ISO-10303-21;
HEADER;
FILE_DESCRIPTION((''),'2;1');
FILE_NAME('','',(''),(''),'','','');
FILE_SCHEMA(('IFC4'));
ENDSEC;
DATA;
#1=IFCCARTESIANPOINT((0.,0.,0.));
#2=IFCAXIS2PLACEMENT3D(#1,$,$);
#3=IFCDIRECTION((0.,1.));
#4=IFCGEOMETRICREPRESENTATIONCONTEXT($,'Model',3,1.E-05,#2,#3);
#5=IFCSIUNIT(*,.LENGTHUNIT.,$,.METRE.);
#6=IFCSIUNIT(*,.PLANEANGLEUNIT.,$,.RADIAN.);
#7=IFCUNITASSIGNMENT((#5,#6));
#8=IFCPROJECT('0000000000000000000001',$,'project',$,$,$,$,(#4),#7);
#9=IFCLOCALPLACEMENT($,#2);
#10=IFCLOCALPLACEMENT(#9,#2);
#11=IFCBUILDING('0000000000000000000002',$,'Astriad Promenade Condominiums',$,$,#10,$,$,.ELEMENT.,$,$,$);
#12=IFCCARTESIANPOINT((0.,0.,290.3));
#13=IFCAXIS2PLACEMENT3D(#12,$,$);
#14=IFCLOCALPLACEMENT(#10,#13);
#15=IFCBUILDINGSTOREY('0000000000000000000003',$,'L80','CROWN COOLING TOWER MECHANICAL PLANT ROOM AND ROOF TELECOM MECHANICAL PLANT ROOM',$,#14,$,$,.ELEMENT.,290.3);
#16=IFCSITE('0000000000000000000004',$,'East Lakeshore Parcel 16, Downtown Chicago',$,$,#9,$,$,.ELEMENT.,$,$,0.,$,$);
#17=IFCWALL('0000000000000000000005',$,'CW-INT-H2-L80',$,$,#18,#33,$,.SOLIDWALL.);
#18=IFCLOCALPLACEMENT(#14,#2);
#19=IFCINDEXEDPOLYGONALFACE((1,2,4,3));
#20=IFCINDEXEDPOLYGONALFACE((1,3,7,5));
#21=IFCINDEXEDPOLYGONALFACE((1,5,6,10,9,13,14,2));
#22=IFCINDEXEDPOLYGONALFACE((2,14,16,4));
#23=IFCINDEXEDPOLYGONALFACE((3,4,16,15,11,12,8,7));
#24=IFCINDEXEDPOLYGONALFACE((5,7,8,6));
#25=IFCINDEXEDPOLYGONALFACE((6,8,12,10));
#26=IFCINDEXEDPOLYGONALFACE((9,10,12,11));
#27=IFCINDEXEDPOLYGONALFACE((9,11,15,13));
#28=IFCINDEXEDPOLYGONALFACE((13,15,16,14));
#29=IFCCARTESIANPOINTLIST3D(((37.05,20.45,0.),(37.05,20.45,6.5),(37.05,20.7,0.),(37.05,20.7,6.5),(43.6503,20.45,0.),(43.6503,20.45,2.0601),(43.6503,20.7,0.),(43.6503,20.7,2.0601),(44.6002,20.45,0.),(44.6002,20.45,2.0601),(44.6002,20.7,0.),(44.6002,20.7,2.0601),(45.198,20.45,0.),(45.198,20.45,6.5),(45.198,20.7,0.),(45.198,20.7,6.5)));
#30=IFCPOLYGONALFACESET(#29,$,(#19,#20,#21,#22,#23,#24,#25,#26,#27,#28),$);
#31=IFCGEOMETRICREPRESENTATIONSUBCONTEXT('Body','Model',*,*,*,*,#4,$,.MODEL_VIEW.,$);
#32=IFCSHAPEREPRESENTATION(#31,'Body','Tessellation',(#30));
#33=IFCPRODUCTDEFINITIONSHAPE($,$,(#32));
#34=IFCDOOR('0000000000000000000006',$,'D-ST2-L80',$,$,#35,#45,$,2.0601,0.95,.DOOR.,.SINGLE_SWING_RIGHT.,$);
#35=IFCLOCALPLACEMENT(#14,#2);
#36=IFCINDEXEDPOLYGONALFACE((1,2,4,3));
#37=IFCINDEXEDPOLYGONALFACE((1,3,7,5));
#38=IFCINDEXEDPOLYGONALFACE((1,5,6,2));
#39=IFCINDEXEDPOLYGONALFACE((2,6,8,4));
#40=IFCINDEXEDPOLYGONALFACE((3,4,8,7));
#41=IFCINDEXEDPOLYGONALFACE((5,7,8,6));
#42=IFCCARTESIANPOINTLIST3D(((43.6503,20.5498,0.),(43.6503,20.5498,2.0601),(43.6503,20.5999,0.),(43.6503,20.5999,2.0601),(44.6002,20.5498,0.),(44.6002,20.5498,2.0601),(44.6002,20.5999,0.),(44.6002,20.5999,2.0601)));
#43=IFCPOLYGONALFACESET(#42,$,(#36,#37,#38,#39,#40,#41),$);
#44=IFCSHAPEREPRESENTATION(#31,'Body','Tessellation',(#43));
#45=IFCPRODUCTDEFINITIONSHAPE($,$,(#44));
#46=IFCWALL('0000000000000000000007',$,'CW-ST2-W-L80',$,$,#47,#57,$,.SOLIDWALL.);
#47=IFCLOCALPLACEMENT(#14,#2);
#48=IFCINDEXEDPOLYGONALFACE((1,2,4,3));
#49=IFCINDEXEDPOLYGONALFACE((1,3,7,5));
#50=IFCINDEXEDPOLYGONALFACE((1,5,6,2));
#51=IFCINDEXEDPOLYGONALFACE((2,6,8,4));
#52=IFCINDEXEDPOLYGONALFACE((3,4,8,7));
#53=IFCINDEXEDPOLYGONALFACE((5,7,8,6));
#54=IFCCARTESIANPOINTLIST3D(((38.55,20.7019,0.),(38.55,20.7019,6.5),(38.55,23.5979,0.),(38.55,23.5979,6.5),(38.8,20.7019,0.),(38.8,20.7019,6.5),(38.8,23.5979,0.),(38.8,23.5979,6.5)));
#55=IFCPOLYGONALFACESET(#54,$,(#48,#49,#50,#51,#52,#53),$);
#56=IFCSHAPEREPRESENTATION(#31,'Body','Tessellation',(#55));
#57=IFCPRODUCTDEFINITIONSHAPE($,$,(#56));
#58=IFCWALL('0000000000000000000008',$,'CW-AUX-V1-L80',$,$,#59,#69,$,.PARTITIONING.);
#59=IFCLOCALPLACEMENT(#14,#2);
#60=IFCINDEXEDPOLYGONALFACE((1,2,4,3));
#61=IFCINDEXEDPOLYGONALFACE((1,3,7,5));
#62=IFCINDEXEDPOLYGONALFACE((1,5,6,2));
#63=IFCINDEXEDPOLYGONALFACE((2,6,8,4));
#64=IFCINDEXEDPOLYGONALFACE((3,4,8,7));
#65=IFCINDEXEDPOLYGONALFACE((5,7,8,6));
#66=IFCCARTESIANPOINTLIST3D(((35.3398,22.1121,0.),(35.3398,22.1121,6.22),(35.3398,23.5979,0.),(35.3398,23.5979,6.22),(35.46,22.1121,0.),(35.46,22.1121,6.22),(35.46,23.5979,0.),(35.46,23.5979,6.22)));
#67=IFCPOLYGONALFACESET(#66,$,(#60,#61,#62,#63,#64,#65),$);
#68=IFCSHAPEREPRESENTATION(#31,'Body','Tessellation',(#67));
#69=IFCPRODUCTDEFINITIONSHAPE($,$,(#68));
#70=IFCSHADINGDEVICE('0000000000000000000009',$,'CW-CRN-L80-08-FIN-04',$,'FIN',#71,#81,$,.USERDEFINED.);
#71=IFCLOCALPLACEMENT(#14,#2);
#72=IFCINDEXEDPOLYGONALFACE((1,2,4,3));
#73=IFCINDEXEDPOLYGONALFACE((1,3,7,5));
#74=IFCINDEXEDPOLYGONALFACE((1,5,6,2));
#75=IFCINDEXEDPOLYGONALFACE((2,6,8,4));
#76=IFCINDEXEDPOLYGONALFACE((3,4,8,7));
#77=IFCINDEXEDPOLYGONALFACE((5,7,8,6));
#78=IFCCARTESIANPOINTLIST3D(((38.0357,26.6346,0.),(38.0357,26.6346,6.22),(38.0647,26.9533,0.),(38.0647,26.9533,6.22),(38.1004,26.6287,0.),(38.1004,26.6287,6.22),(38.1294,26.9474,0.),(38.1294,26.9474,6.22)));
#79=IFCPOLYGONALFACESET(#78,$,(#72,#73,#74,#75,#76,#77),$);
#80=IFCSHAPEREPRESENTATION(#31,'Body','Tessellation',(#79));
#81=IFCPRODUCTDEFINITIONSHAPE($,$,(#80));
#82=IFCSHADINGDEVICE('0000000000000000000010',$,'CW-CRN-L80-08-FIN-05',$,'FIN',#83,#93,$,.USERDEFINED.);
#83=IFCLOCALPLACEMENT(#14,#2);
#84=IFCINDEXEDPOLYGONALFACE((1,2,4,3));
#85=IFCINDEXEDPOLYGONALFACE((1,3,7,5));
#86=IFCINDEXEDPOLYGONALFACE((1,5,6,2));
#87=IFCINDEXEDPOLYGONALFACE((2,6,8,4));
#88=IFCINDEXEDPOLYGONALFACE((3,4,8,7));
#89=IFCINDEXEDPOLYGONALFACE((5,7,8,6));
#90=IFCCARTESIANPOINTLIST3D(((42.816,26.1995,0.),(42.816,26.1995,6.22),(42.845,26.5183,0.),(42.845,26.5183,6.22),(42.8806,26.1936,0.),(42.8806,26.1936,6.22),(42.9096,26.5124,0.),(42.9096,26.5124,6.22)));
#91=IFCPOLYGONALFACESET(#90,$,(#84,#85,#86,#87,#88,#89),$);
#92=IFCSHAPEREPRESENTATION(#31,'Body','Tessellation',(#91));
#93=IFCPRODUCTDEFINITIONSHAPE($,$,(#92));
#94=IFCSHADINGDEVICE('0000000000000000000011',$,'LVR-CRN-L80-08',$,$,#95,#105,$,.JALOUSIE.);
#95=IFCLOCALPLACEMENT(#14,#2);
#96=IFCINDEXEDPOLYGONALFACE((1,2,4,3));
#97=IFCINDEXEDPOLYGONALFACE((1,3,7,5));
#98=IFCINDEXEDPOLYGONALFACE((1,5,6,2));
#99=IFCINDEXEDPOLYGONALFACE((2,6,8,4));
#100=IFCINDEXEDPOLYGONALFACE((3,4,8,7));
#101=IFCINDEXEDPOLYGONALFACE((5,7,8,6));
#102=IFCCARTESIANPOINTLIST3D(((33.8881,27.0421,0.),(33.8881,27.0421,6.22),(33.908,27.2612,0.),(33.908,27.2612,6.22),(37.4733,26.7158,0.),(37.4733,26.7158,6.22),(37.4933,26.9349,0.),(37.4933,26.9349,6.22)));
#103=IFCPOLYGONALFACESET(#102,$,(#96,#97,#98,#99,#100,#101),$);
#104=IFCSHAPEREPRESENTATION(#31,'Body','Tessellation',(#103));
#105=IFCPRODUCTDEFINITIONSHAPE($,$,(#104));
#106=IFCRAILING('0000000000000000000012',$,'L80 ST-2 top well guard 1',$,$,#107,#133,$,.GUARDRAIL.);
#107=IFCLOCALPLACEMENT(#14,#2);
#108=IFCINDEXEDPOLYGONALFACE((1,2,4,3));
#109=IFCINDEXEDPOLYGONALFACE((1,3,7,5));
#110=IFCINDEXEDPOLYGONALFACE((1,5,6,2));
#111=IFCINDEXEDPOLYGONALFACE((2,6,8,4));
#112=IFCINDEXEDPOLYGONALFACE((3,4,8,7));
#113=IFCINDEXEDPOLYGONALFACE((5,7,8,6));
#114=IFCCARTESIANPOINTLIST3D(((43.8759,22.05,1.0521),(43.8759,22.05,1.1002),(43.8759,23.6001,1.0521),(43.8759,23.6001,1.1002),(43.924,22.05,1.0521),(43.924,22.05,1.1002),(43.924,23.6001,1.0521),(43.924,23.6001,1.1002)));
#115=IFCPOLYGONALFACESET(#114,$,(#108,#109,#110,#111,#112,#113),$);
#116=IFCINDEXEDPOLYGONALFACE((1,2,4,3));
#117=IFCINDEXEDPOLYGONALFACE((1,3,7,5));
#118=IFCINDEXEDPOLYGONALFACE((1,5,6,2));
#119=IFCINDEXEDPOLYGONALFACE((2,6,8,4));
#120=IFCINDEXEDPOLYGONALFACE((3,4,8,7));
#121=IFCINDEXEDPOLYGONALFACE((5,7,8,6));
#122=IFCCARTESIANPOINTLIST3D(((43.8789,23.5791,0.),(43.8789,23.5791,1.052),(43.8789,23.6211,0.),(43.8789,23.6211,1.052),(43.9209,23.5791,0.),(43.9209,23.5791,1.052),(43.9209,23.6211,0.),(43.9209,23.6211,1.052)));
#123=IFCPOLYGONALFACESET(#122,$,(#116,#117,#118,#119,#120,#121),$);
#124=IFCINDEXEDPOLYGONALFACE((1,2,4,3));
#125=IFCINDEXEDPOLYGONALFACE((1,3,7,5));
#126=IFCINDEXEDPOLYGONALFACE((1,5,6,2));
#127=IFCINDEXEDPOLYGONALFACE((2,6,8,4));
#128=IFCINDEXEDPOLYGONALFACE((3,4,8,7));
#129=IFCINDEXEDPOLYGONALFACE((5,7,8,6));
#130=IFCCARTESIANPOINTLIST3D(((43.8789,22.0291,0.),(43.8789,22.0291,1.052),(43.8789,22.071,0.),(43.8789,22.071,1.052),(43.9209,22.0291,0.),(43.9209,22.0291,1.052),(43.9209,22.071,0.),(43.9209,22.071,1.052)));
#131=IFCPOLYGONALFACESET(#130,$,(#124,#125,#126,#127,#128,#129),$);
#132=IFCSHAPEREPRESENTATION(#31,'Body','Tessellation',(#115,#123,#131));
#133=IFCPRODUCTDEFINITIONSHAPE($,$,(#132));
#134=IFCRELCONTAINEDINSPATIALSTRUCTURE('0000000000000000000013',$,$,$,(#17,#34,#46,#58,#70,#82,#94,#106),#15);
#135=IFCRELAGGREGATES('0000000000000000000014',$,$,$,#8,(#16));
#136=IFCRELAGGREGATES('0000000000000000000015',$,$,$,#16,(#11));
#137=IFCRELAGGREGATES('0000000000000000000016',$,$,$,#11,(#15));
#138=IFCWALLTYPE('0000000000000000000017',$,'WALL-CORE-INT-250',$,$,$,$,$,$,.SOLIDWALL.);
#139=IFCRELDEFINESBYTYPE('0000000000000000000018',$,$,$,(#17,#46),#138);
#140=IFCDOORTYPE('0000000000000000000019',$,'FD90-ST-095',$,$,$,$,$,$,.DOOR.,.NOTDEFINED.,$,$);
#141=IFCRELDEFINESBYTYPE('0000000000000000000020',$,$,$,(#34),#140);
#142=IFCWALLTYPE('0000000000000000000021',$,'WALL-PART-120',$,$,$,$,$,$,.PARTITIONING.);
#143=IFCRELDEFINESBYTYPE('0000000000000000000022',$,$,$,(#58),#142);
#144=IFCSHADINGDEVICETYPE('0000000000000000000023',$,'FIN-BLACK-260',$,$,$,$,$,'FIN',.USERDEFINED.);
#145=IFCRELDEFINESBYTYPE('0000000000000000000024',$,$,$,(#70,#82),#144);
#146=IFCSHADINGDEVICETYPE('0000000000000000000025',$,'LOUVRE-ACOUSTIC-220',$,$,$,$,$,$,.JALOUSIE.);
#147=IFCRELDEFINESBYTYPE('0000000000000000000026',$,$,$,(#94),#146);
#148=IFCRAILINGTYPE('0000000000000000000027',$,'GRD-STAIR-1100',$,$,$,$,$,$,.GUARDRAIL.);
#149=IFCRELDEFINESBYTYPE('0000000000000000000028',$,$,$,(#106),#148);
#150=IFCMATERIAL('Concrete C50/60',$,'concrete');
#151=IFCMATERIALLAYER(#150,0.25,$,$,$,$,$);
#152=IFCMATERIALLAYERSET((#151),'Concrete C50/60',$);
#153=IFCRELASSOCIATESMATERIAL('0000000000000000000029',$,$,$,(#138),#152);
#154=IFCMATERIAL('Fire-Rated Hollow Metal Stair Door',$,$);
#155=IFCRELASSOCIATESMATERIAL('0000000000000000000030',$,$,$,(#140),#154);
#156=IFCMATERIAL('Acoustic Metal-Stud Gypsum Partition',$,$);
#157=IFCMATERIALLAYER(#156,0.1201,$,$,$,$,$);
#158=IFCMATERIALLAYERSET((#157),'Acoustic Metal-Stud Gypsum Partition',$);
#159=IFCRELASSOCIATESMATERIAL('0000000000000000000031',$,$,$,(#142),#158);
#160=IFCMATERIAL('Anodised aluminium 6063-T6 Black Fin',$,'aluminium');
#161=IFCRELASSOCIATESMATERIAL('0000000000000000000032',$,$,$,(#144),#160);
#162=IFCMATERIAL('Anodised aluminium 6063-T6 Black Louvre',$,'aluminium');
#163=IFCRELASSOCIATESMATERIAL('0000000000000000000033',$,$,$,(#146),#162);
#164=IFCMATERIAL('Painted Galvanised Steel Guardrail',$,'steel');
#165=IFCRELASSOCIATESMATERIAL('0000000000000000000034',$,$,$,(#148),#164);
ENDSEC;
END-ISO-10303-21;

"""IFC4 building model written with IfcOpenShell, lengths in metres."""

from ifc_helpers import new_model, si_unit, direction, frame, frame_2d, origin, origin_2d, place, context, subcontext, project, spatial, rectangle, extrude, source, transform, mapped, material, layer, layer_set, type_object, type_shapes, element, fill, save


model = new_model("IFC4")

# Units and contexts
model_context = context("Model", 3, precision=1e-05, world=origin(), true_north=direction((0.0, 1.0)))
body_context = subcontext(model_context, "Body", "Model", "MODEL_VIEW")
ifc_project = project(units=[si_unit("LENGTHUNIT", "METRE"), si_unit("PLANEANGLEUNIT", "RADIAN")], contexts=[model_context])

# Site, building, storey
site_placement = place(None, origin())
site = spatial("IfcSite", under=ifc_project, at=site_placement, Name="East Lakeshore Parcel 16, Downtown Chicago", CompositionType="ELEMENT", RefElevation=0.0)
building_placement = place(site_placement, origin())
building = spatial("IfcBuilding", under=site, at=building_placement, Name="Astriad Promenade Condominiums", CompositionType="ELEMENT")
storey_placement = place(building_placement, frame((0.0, 0.0, 290.3)))
storey = spatial("IfcBuildingStorey", under=building, at=storey_placement, Name="L80", Description="CROWN COOLING TOWER MECHANICAL PLANT ROOM AND ROOF TELECOM MECHANICAL PLANT ROOM", CompositionType="ELEMENT", Elevation=290.3)

# Shared definitions
ifc_material_1 = material(Name="Concrete C50/60", Category="concrete")

# Wall, opening, door
ifc_layer_1 = layer(ifc_material_1, 0.25)
ifc_layer_set_1 = layer_set([ifc_layer_1], Name="Concrete C50/60")
wall_type_1 = type_object("IfcWallType", Name="WALL-CORE-INT-250", PredefinedType="SOLIDWALL", material=ifc_layer_set_1)
wall_1_placement = place(storey_placement, frame((37.05, 20.575, 0.0), z_axis=(0.0, 0.0, 1.0), x_axis=(1.0, 0.0, 0.0)))
wall_1 = element("IfcWall", 1, at=wall_1_placement, inside=storey, type_object=wall_type_1, Name="CW-INT-H2-L80", PredefinedType="SOLIDWALL", context=body_context, shape_type="SweptSolid", body=[
    extrude(rectangle(XDim=8.1479, YDim=0.25, at=frame_2d((4.074, 0.0))), origin(), (0.0, 0.0, 1.0), 6.5),
])
opening_placement = place(wall_1_placement, frame((6.6001, 0.0, 0.0)))
opening = element("IfcOpeningElement", 2, at=opening_placement, cuts=wall_1, PredefinedType="OPENING", context=body_context, shape_type="SweptSolid", body=[
    extrude(rectangle(XDim=0.95, YDim=2.0601, at=frame_2d((0.4751, 1.03))), frame((0.0, 0.135, 0.0), z_axis=(0.0, -1.0, 0.0), x_axis=(1.0, 0.0, 0.0)), (0.0, 0.0, 1.0), 0.27),
])
ifc_material_2 = material(Name="Fire-Rated Hollow Metal Stair Door")
door_type = type_object("IfcDoorType", Name="FD90-ST-095", OperationType="NOTDEFINED", PredefinedType="DOOR", material=ifc_material_2)
shared_shape_1 = source(origin(), body_context, "Body", "SweptSolid", [
    extrude(rectangle(XDim=0.95, YDim=2.0601, at=frame_2d((0.4751, 1.03))), frame((0.0, 0.0249, 0.0), z_axis=(0.0, -1.0, 0.0), x_axis=(1.0, 0.0, 0.0)), (0.0, 0.0, 1.0), 0.05),
])
type_shapes(door_type, [shared_shape_1])
door_placement = place(opening_placement, origin())
door = element("IfcDoor", 3, at=door_placement, inside=storey, type_object=door_type, Name="D-ST2-L80", OperationType="SINGLE_SWING_RIGHT", OverallHeight=2.0601, OverallWidth=0.95, PredefinedType="DOOR", context=body_context, shape_type="MappedRepresentation", body=[
    mapped(shared_shape_1, transform((0.0, 0.0, 0.0), scale=1.0)),
])
fill(opening, door)

# Walls
wall_2_placement = place(storey_placement, frame((38.675, 20.7019, 0.0), z_axis=(0.0, 0.0, 1.0), x_axis=(0.0, 1.0, 0.0)))
element("IfcWall", 4, at=wall_2_placement, inside=storey, type_object=wall_type_1, Name="CW-ST2-W-L80", PredefinedType="SOLIDWALL", context=body_context, shape_type="SweptSolid", body=[
    extrude(rectangle(XDim=2.896, YDim=0.25, at=frame_2d((1.448, 0.0))), origin(), (0.0, 0.0, 1.0), 6.5),
])
ifc_material_3 = material(Name="Acoustic Metal-Stud Gypsum Partition")
ifc_layer_2 = layer(ifc_material_3, 0.1201)
ifc_layer_set_2 = layer_set([ifc_layer_2], Name="Acoustic Metal-Stud Gypsum Partition")
wall_type_2 = type_object("IfcWallType", Name="WALL-PART-120", PredefinedType="PARTITIONING", material=ifc_layer_set_2)
wall_3_placement = place(storey_placement, frame((35.3999, 22.1121, 0.0), z_axis=(0.0, 0.0, 1.0), x_axis=(0.0, 1.0, 0.0)))
element("IfcWall", 5, at=wall_3_placement, inside=storey, type_object=wall_type_2, Name="CW-AUX-V1-L80", PredefinedType="PARTITIONING", context=body_context, shape_type="SweptSolid", body=[
    extrude(rectangle(XDim=1.4858, YDim=0.1201, at=frame_2d((0.7429, 0.0))), origin(), (0.0, 0.0, 1.0), 6.22),
])

# Shading devices
ifc_material_4 = material(Name="Anodised aluminium 6063-T6 Black Fin", Category="aluminium")
shading_device_type_1 = type_object("IfcShadingDeviceType", Name="FIN-BLACK-260", ElementType="FIN", PredefinedType="USERDEFINED", material=ifc_material_4)
shared_shape_2 = source(origin(), body_context, "Body", "SweptSolid", [
    extrude(rectangle(XDim=0.0649, YDim=0.3201, at=origin_2d()), origin(), (0.0, 0.0, 1.0), 6.22),
])
type_shapes(shading_device_type_1, [shared_shape_2])
for number, where, z_axis, x_axis, name in (
    (6, (38.0825, 26.791, 0.0), (0.0, 0.0, 1.0), (0.995884, -0.090633, 0.0), "CW-CRN-L80-08-FIN-04"),
    (7, (42.8628, 26.356, 0.0), (0.0, 0.0, 1.0), (0.995884, -0.090633, 0.0), "CW-CRN-L80-08-FIN-05"),
):
    element("IfcShadingDevice", number, at=place(storey_placement, frame(where, z_axis=z_axis, x_axis=x_axis)), inside=storey, type_object=shading_device_type_1, Name=name, ObjectType="FIN", PredefinedType="USERDEFINED", context=body_context, shape_type="MappedRepresentation", body=[
        mapped(shared_shape_2, transform((0.0, 0.0, 0.0), scale=1.0)),
    ])
ifc_material_5 = material(Name="Anodised aluminium 6063-T6 Black Louvre", Category="aluminium")
shading_device_type_2 = type_object("IfcShadingDeviceType", Name="LOUVRE-ACOUSTIC-220", PredefinedType="JALOUSIE", material=ifc_material_5)
shared_shape_3 = source(origin(), body_context, "Body", "SweptSolid", [
    extrude(rectangle(XDim=3.6001, YDim=0.22, at=origin_2d()), origin(), (0.0, 0.0, 1.0), 6.22),
])
type_shapes(shading_device_type_2, [shared_shape_3])
shading_device_placement = place(storey_placement, frame((35.6907, 26.9885, 0.0), z_axis=(0.0, 0.0, 1.0), x_axis=(0.995884, -0.090633, 0.0)))
element("IfcShadingDevice", 8, at=shading_device_placement, inside=storey, type_object=shading_device_type_2, Name="LVR-CRN-L80-08", PredefinedType="JALOUSIE", context=body_context, shape_type="MappedRepresentation", body=[
    mapped(shared_shape_3, transform((0.0, 0.0, 0.0), scale=1.0)),
])

# Railing
ifc_material_6 = material(Name="Painted Galvanised Steel Guardrail", Category="steel")
railing_type = type_object("IfcRailingType", Name="GRD-STAIR-1100", PredefinedType="GUARDRAIL", material=ifc_material_6)
shared_shape_4 = source(origin(), body_context, "Body", "SweptSolid", [
    extrude(rectangle(XDim=0.0481, YDim=0.0481, at=origin_2d()), frame((0.0, 0.0, 1.0762), z_axis=(0.0, -1.0, 0.0), x_axis=(1.0, 0.0, 0.0)), (0.0, 0.0, 1.0), 1.55),
    extrude(rectangle(XDim=0.042, YDim=0.042, at=origin_2d()), origin(), (0.0, 0.0, 1.0), 1.052),
    extrude(rectangle(XDim=0.042, YDim=0.042, at=origin_2d()), frame((0.0, -1.55, 0.0)), (0.0, 0.0, 1.0), 1.052),
])
type_shapes(railing_type, [shared_shape_4])
railing_placement = place(storey_placement, frame((43.8999, 23.6001, 0.0)))
element("IfcRailing", 9, at=railing_placement, inside=storey, type_object=railing_type, Name="L80 ST-2 top well guard 1", PredefinedType="GUARDRAIL", context=body_context, shape_type="MappedRepresentation", body=[
    mapped(shared_shape_4, transform((0.0, 0.0, 0.0), scale=1.0)),
])

save(model, "model.ifc")
